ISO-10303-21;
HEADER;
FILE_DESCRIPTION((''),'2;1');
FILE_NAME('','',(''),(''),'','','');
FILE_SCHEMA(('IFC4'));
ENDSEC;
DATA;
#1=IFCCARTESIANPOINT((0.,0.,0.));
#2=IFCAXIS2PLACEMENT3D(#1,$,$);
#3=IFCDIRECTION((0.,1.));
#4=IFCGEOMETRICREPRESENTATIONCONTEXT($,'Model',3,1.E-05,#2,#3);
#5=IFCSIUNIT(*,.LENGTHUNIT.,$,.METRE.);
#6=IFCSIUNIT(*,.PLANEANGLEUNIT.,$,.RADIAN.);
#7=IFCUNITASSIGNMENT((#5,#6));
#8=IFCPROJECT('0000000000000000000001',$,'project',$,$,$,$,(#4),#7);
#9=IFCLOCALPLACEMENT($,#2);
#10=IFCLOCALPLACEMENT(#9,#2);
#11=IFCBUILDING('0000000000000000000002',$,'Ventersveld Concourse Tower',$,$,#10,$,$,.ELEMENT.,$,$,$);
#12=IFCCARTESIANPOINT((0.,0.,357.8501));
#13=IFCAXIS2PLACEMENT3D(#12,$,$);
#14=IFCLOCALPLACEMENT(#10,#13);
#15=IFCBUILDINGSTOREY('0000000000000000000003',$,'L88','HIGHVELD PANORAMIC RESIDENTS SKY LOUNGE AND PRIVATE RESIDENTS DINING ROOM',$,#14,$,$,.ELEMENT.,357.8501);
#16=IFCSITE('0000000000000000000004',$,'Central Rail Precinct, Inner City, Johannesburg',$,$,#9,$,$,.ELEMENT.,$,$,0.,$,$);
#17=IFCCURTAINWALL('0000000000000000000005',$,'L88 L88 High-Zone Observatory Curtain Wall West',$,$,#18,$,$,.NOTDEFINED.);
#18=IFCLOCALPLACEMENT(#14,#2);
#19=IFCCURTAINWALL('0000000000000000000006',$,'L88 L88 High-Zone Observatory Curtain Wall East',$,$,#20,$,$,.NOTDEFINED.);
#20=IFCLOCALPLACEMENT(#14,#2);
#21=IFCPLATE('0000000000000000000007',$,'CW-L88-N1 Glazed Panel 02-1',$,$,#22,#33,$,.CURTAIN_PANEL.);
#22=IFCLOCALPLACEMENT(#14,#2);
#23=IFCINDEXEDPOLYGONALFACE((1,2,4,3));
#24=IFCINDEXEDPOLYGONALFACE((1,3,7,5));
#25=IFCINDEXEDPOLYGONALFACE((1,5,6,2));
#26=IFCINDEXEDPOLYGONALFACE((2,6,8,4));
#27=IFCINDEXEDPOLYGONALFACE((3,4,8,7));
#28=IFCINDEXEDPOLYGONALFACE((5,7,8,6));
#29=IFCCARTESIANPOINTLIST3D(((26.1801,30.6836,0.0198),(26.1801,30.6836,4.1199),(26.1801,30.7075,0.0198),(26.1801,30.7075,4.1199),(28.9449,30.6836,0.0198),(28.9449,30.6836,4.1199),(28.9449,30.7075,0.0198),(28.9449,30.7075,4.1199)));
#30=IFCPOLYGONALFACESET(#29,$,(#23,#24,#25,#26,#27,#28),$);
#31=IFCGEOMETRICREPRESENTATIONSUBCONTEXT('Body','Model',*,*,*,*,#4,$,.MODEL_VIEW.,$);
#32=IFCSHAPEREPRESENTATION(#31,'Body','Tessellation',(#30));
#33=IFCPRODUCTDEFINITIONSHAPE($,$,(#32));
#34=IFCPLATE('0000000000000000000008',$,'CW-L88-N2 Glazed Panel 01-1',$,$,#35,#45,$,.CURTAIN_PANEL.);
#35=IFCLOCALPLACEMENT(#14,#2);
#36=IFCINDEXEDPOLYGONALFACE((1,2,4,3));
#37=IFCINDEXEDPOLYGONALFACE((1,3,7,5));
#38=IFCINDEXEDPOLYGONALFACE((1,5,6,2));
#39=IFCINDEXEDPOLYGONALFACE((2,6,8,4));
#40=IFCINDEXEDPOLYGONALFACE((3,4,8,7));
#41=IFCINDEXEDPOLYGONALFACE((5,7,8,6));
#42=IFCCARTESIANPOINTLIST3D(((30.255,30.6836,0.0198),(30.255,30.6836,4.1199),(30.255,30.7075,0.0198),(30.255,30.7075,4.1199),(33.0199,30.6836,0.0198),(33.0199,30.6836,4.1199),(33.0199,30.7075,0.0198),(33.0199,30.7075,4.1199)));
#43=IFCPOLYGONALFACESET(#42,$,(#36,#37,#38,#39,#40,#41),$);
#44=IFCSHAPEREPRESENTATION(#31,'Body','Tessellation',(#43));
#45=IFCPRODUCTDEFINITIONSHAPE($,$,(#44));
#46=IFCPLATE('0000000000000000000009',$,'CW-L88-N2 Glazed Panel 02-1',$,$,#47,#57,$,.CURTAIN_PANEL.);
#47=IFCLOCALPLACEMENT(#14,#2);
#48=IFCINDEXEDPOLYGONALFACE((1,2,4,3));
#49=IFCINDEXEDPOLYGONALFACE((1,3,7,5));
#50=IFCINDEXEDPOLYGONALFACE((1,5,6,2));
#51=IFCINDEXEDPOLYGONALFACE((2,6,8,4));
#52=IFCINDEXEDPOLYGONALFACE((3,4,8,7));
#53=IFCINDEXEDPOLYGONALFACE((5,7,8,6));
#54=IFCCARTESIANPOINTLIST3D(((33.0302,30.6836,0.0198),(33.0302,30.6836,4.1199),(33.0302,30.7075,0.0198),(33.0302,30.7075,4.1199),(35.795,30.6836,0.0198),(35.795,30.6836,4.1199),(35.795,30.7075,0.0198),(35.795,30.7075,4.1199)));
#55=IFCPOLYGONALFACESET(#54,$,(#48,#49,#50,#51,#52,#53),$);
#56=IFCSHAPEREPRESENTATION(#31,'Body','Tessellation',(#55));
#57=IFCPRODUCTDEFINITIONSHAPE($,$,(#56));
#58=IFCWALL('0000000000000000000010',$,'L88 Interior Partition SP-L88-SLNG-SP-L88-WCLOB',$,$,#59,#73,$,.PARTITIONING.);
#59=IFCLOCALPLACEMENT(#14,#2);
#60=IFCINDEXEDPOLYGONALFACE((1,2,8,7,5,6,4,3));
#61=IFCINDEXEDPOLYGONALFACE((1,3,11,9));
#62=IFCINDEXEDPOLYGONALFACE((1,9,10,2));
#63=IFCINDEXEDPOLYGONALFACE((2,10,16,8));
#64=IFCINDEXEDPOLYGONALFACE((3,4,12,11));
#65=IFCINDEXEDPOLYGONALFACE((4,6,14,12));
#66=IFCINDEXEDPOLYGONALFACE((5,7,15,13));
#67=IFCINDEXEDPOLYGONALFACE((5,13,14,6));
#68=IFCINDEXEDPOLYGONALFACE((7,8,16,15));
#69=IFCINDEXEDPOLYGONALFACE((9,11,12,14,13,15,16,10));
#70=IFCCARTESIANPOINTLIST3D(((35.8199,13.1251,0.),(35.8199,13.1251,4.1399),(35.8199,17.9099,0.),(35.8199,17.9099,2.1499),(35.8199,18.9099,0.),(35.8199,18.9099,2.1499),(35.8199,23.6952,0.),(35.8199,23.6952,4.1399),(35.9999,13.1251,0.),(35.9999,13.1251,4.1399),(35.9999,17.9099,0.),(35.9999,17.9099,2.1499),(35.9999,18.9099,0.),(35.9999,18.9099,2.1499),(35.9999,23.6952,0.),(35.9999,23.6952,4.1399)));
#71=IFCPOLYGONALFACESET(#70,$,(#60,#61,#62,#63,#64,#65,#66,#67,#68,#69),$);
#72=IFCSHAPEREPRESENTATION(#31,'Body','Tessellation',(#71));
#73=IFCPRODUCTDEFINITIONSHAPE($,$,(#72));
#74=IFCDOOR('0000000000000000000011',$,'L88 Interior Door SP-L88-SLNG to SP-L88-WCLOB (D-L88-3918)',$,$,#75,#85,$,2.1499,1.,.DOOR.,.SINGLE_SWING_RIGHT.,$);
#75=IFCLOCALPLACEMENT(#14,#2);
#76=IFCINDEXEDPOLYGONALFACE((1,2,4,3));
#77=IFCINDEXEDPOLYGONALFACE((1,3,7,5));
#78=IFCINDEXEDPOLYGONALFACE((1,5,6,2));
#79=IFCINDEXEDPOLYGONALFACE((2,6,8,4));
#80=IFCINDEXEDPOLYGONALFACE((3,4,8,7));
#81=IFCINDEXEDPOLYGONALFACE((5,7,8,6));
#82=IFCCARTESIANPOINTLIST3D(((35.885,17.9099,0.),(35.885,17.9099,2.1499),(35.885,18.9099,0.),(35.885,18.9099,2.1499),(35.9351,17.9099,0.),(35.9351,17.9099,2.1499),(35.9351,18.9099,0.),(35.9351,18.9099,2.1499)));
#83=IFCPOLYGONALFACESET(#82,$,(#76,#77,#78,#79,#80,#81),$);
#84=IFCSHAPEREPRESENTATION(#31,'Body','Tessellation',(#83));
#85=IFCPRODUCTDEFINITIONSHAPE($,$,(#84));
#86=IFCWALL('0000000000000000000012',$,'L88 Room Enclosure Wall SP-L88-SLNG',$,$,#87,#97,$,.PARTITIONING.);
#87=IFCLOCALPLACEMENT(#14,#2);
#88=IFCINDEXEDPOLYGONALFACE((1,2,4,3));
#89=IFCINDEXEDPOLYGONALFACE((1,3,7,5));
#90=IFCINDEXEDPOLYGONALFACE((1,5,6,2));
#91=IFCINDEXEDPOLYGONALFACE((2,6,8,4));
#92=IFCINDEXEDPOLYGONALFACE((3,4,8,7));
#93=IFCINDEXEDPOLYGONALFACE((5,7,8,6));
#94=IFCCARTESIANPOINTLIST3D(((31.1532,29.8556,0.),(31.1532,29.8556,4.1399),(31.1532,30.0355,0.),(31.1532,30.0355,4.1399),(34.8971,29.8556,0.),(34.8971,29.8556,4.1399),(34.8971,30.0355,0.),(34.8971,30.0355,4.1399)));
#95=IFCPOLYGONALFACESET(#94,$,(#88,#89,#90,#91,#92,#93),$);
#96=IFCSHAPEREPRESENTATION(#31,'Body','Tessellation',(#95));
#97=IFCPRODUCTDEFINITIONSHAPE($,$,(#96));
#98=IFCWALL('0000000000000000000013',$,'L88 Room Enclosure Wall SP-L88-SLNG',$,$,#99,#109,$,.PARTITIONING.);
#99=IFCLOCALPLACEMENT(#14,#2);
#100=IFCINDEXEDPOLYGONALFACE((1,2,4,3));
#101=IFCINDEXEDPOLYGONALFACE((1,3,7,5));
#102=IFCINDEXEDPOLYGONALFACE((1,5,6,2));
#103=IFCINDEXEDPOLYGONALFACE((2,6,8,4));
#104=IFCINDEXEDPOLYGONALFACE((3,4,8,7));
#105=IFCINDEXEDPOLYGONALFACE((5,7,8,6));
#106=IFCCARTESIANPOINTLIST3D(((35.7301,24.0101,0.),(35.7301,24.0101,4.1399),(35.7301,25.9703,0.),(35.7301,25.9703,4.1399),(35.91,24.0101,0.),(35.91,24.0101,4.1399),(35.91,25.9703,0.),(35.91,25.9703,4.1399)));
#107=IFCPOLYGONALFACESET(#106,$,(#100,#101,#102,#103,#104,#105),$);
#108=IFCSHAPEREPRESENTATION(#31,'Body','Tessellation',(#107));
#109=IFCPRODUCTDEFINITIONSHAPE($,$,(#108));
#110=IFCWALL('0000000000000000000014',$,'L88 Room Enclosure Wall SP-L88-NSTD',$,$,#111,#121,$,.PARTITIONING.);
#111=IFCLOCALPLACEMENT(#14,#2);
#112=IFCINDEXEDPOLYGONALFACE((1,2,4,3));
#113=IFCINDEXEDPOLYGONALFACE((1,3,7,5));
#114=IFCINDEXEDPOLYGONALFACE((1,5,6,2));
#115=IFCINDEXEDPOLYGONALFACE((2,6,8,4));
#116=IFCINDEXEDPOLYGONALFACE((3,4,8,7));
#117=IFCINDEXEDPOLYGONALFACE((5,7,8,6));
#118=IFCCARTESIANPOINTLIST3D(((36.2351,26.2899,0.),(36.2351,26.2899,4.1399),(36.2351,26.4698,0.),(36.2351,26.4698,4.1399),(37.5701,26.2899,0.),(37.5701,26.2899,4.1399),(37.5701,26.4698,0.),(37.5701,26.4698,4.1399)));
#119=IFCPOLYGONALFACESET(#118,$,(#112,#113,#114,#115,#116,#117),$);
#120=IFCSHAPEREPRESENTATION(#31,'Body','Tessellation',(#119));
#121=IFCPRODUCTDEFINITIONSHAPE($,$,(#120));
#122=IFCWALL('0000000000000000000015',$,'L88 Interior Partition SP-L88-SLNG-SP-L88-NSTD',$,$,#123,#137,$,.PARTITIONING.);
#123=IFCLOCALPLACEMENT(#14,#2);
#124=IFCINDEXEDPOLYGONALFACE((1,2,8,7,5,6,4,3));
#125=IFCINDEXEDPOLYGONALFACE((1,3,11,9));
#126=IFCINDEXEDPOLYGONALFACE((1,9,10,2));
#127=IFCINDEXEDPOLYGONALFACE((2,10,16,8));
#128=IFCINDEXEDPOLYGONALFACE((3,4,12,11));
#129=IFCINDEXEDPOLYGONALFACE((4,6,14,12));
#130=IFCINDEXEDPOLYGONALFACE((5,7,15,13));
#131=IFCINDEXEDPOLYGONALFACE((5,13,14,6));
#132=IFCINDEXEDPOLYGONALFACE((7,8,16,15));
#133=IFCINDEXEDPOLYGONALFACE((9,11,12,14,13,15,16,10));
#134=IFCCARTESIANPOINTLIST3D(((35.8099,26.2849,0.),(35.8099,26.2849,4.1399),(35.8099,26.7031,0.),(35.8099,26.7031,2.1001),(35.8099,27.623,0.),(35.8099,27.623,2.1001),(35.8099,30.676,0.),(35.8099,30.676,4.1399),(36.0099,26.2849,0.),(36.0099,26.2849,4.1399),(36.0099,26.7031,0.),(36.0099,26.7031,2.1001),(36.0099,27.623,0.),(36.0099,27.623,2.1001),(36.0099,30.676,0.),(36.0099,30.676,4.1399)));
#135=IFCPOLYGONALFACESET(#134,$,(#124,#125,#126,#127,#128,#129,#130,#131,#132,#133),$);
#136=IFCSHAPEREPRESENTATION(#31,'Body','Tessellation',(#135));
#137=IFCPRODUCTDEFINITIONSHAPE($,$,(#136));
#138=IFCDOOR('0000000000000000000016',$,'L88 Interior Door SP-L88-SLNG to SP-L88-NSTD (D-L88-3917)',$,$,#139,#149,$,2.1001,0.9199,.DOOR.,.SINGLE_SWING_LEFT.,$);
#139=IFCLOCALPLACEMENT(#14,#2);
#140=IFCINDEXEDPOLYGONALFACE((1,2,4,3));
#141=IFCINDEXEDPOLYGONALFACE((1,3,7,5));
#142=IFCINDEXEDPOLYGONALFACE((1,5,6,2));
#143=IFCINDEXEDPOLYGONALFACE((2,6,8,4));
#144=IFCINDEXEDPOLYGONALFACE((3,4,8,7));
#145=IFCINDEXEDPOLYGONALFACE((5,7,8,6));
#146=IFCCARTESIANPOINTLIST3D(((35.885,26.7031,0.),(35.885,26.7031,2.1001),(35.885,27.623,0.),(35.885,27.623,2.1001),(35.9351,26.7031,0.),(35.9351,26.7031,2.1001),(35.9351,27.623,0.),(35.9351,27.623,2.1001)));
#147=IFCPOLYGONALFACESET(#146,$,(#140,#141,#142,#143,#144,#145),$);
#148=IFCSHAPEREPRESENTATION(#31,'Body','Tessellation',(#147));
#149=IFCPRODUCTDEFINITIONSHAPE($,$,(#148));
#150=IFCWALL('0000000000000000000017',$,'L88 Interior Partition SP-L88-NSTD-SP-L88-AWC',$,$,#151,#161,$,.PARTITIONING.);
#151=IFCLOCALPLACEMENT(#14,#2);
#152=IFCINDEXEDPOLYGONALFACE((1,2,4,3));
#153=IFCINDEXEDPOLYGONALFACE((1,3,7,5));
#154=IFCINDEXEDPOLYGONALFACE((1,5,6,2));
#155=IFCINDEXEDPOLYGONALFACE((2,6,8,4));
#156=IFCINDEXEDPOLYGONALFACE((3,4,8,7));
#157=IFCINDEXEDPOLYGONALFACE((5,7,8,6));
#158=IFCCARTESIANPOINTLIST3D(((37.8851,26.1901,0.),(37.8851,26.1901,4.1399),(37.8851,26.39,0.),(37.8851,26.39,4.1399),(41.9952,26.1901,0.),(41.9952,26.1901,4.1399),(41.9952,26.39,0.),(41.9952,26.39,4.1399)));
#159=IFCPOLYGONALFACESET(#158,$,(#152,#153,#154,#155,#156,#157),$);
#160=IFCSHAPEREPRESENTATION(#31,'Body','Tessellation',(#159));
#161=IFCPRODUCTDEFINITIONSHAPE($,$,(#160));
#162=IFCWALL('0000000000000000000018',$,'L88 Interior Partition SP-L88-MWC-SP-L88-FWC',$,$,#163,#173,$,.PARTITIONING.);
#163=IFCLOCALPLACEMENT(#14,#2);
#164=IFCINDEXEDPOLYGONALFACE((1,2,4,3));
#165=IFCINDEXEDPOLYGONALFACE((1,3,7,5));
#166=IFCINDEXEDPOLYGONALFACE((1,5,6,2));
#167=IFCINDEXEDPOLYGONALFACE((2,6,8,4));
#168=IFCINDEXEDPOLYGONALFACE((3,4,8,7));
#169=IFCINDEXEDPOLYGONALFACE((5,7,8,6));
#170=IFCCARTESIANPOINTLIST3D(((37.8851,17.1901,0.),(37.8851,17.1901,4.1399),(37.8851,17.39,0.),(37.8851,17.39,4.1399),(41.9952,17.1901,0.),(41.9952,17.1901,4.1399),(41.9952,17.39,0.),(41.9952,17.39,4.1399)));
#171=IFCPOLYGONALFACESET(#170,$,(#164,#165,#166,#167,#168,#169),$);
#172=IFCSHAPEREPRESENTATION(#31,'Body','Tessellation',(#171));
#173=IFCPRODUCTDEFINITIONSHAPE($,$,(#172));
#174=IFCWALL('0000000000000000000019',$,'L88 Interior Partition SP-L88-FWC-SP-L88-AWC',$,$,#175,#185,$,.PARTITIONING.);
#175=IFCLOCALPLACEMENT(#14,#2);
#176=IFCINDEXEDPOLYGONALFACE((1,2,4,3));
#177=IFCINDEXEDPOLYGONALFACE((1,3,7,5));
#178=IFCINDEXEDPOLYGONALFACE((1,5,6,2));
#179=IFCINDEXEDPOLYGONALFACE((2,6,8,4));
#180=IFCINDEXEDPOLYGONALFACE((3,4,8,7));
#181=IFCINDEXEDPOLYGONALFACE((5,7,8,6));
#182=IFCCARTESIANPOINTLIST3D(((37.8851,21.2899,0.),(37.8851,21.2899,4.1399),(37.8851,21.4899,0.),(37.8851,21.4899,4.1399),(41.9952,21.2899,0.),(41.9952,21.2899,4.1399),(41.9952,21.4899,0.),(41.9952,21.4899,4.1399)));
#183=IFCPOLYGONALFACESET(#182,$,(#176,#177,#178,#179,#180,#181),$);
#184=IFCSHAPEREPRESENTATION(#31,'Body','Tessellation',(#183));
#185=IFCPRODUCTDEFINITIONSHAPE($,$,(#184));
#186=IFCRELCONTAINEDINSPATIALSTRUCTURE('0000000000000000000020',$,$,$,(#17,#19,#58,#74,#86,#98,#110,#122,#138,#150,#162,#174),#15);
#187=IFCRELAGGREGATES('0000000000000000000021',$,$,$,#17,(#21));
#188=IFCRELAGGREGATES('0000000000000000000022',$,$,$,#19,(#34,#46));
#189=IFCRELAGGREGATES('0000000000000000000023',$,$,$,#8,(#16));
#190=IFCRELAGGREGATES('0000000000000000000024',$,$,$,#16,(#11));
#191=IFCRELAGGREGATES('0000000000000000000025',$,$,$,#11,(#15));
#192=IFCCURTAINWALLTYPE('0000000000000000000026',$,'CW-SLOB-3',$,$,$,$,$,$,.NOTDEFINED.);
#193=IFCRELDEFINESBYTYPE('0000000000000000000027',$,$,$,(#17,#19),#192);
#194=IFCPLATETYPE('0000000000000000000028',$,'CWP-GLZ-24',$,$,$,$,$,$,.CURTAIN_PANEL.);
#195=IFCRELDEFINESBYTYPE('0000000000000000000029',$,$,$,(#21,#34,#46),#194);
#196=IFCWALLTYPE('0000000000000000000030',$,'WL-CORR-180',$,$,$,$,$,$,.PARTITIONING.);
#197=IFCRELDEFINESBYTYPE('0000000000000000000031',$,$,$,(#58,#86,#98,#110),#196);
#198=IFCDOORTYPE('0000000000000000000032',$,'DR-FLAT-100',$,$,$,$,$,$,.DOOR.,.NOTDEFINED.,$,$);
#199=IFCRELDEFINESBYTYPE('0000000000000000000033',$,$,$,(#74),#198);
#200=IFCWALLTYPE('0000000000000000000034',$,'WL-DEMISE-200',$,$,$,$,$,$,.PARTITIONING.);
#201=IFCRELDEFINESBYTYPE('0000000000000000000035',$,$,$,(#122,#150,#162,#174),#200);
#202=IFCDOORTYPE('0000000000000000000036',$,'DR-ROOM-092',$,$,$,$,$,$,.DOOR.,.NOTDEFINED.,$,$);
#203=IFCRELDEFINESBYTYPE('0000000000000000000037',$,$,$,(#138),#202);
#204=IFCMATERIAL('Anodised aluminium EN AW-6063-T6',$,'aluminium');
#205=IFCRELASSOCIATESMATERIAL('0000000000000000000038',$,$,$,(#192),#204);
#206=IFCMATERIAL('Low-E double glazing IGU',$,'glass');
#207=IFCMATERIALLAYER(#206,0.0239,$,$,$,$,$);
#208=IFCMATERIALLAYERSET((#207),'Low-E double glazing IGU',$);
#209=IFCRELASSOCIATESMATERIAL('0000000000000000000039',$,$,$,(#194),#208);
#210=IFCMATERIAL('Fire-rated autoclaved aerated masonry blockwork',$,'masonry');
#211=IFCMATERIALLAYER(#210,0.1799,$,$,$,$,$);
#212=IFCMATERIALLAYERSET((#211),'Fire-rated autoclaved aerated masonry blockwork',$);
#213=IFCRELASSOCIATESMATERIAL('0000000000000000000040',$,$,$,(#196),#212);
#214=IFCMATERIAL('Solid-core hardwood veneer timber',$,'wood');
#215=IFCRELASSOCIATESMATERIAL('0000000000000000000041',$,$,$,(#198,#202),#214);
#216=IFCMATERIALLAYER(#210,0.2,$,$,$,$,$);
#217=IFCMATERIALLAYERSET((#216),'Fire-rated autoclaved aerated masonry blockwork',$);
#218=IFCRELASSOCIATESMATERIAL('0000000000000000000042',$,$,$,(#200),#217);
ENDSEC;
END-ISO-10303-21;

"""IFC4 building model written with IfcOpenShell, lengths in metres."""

from ifc_helpers import new_model, si_unit, direction, frame, frame_2d, origin, origin_2d, place, context, subcontext, project, spatial, rectangle, extrude, material, layer, layer_set, type_object, element, fill, aggregate, save


model = new_model("IFC4")

# Units and contexts
model_context = context("Model", 3, precision=1e-05, world=origin(), true_north=direction((0.0, 1.0)))
body_context = subcontext(model_context, "Body", "Model", "MODEL_VIEW")
ifc_project = project(units=[si_unit("LENGTHUNIT", "METRE"), si_unit("PLANEANGLEUNIT", "RADIAN")], contexts=[model_context])

# Site, building, storey
site_placement = place(None, origin())
site = spatial("IfcSite", under=ifc_project, at=site_placement, Name="Central Rail Precinct, Inner City, Johannesburg", CompositionType="ELEMENT", RefElevation=0.0)
building_placement = place(site_placement, origin())
building = spatial("IfcBuilding", under=site, at=building_placement, Name="Ventersveld Concourse Tower", CompositionType="ELEMENT")
storey_placement = place(building_placement, frame((0.0, 0.0, 357.8501)))
storey = spatial("IfcBuildingStorey", under=building, at=storey_placement, Name="L88", Description="HIGHVELD PANORAMIC RESIDENTS SKY LOUNGE AND PRIVATE RESIDENTS DINING ROOM", CompositionType="ELEMENT", Elevation=357.8501)

# Curtain wall
ifc_material_1 = material(Name="Anodised aluminium EN AW-6063-T6", Category="aluminium")
curtain_wall_type = type_object("IfcCurtainWallType", Name="CW-SLOB-3", PredefinedType="NOTDEFINED", material=ifc_material_1)
curtain_wall_1_placement = place(storey_placement, origin())
curtain_wall_1 = element("IfcCurtainWall", 1, at=curtain_wall_1_placement, inside=storey, type_object=curtain_wall_type, Name="L88 L88 High-Zone Observatory Curtain Wall West", PredefinedType="NOTDEFINED")

# Curtain wall
curtain_wall_2_placement = place(storey_placement, origin())
curtain_wall_2 = element("IfcCurtainWall", 2, at=curtain_wall_2_placement, inside=storey, type_object=curtain_wall_type, Name="L88 L88 High-Zone Observatory Curtain Wall East", PredefinedType="NOTDEFINED")

# Plates
ifc_material_2 = material(Name="Low-E double glazing IGU", Category="glass")
ifc_layer_1 = layer(ifc_material_2, 0.0239)
ifc_layer_set_1 = layer_set([ifc_layer_1], Name="Low-E double glazing IGU")
plate_type = type_object("IfcPlateType", Name="CWP-GLZ-24", PredefinedType="CURTAIN_PANEL", material=ifc_layer_set_1)
plate_1_placement = place(storey_placement, frame((27.5625, 30.6956, 0.0198), z_axis=(0.0, 0.0, 1.0), x_axis=(1.0, 0.0, 0.0)))
plate_1 = element("IfcPlate", 3, at=plate_1_placement, type_object=plate_type, Name="CW-L88-N1 Glazed Panel 02-1", PredefinedType="CURTAIN_PANEL", context=body_context, shape_type="SweptSolid", body=[
    extrude(rectangle(XDim=2.7649, YDim=0.0239, at=origin_2d()), origin(), (0.0, 0.0, 1.0), 4.1001),
])
aggregate(curtain_wall_1, [plate_1])
plate_2_placement = place(storey_placement, frame((31.6375, 30.6956, 0.0198), z_axis=(0.0, 0.0, 1.0), x_axis=(1.0, 0.0, 0.0)))
plate_2 = element("IfcPlate", 4, at=plate_2_placement, type_object=plate_type, Name="CW-L88-N2 Glazed Panel 01-1", PredefinedType="CURTAIN_PANEL", context=body_context, shape_type="SweptSolid", body=[
    extrude(rectangle(XDim=2.7649, YDim=0.0239, at=origin_2d()), origin(), (0.0, 0.0, 1.0), 4.1001),
])
plate_3_placement = place(storey_placement, frame((34.4126, 30.6956, 0.0198), z_axis=(0.0, 0.0, 1.0), x_axis=(1.0, 0.0, 0.0)))
plate_3 = element("IfcPlate", 5, at=plate_3_placement, type_object=plate_type, Name="CW-L88-N2 Glazed Panel 02-1", PredefinedType="CURTAIN_PANEL", context=body_context, shape_type="SweptSolid", body=[
    extrude(rectangle(XDim=2.7649, YDim=0.0239, at=origin_2d()), origin(), (0.0, 0.0, 1.0), 4.1001),
])
aggregate(curtain_wall_2, [plate_2, plate_3])

# Wall, opening, door
ifc_material_3 = material(Name="Fire-rated autoclaved aerated masonry blockwork", Category="masonry")
ifc_layer_2 = layer(ifc_material_3, 0.1799)
ifc_layer_set_2 = layer_set([ifc_layer_2], Name="Fire-rated autoclaved aerated masonry blockwork")
wall_type_1 = type_object("IfcWallType", Name="WL-CORR-180", PredefinedType="PARTITIONING", material=ifc_layer_set_2)
ifc_material_4 = material(Name="Solid-core hardwood veneer timber", Category="wood")
door_type_1 = type_object("IfcDoorType", Name="DR-FLAT-100", OperationType="NOTDEFINED", PredefinedType="DOOR", material=ifc_material_4)
wall_1_placement = place(storey_placement, frame((35.9099, 13.125, 0.0), z_axis=(0.0, 0.0, 1.0), x_axis=(0.0, 1.0, 0.0)))
wall_1 = element("IfcWall", 6, at=wall_1_placement, inside=storey, type_object=wall_type_1, Name="L88 Interior Partition SP-L88-SLNG-SP-L88-WCLOB", PredefinedType="PARTITIONING", context=body_context, shape_type="SweptSolid", body=[
    extrude(rectangle(XDim=10.5701, YDim=0.1799, at=frame_2d((5.2852, 0.0))), origin(), (0.0, 0.0, 1.0), 4.1399),
])
opening_1_placement = place(wall_1_placement, frame((4.7849, 0.0, 0.0)))
opening_1 = element("IfcOpeningElement", 7, at=opening_1_placement, cuts=wall_1, PredefinedType="OPENING", context=body_context, shape_type="SweptSolid", body=[
    extrude(rectangle(XDim=1.0, YDim=2.1499, at=frame_2d((0.5, 1.075))), frame((0.0, 0.1001, 0.0), z_axis=(0.0, -1.0, 0.0), x_axis=(1.0, 0.0, 0.0)), (0.0, 0.0, 1.0), 0.2),
])
door_1_placement = place(opening_1_placement, origin())
door_1 = element("IfcDoor", 8, at=door_1_placement, inside=storey, type_object=door_type_1, Name="L88 Interior Door SP-L88-SLNG to SP-L88-WCLOB (D-L88-3918)", OperationType="SINGLE_SWING_RIGHT", OverallHeight=2.1499, OverallWidth=1.0, PredefinedType="DOOR", context=body_context, shape_type="SweptSolid", body=[
    extrude(rectangle(XDim=1.0, YDim=2.1499, at=frame_2d((0.5, 1.075))), frame((0.0, 0.0249, 0.0), z_axis=(0.0, -1.0, 0.0), x_axis=(1.0, 0.0, 0.0)), (0.0, 0.0, 1.0), 0.05),
])
fill(opening_1, door_1)

# Walls
wall_2_placement = place(storey_placement, frame((31.1531, 29.9456, 0.0), z_axis=(0.0, 0.0, 1.0), x_axis=(1.0, 0.0, 0.0)))
element("IfcWall", 9, at=wall_2_placement, inside=storey, type_object=wall_type_1, Name="L88 Room Enclosure Wall SP-L88-SLNG", PredefinedType="PARTITIONING", context=body_context, shape_type="SweptSolid", body=[
    extrude(rectangle(XDim=3.7439, YDim=0.1799, at=frame_2d((1.8721, 0.0))), origin(), (0.0, 0.0, 1.0), 4.1399),
])
wall_3_placement = place(storey_placement, frame((35.8201, 25.9702, 0.0), z_axis=(0.0, 0.0, 1.0), x_axis=(0.0, -1.0, 0.0)))
element("IfcWall", 10, at=wall_3_placement, inside=storey, type_object=wall_type_1, Name="L88 Room Enclosure Wall SP-L88-SLNG", PredefinedType="PARTITIONING", context=body_context, shape_type="SweptSolid", body=[
    extrude(rectangle(XDim=1.9602, YDim=0.1799, at=frame_2d((0.98, 0.0))), origin(), (0.0, 0.0, 1.0), 4.1399),
])
wall_4_placement = place(storey_placement, frame((37.5701, 26.3799, 0.0), z_axis=(0.0, 0.0, 1.0), x_axis=(-1.0, 0.0, 0.0)))
element("IfcWall", 11, at=wall_4_placement, inside=storey, type_object=wall_type_1, Name="L88 Room Enclosure Wall SP-L88-NSTD", PredefinedType="PARTITIONING", context=body_context, shape_type="SweptSolid", body=[
    extrude(rectangle(XDim=1.335, YDim=0.1799, at=frame_2d((0.6675, 0.0))), origin(), (0.0, 0.0, 1.0), 4.1399),
])

# Wall, opening, door
ifc_layer_3 = layer(ifc_material_3, 0.2)
ifc_layer_set_3 = layer_set([ifc_layer_3], Name="Fire-rated autoclaved aerated masonry blockwork")
wall_type_2 = type_object("IfcWallType", Name="WL-DEMISE-200", PredefinedType="PARTITIONING", material=ifc_layer_set_3)
wall_5_placement = place(storey_placement, frame((35.9099, 26.2849, 0.0), z_axis=(0.0, 0.0, 1.0), x_axis=(0.0, 1.0, 0.0)))
wall_5 = element("IfcWall", 12, at=wall_5_placement, inside=storey, type_object=wall_type_2, Name="L88 Interior Partition SP-L88-SLNG-SP-L88-NSTD", PredefinedType="PARTITIONING", context=body_context, shape_type="SweptSolid", body=[
    extrude(rectangle(XDim=4.3911, YDim=0.2, at=frame_2d((2.1956, 0.0))), origin(), (0.0, 0.0, 1.0), 4.1399),
])
opening_2_placement = place(wall_5_placement, frame((0.4182, 0.0, 0.0)))
opening_2 = element("IfcOpeningElement", 13, at=opening_2_placement, cuts=wall_5, PredefinedType="OPENING", context=body_context, shape_type="SweptSolid", body=[
    extrude(rectangle(XDim=0.9199, YDim=2.1001, at=frame_2d((0.46, 1.05))), frame((0.0, 0.1099, 0.0), z_axis=(0.0, -1.0, 0.0), x_axis=(1.0, 0.0, 0.0)), (0.0, 0.0, 1.0), 0.22),
])
door_type_2 = type_object("IfcDoorType", Name="DR-ROOM-092", OperationType="NOTDEFINED", PredefinedType="DOOR", material=ifc_material_4)
door_2_placement = place(opening_2_placement, origin())
door_2 = element("IfcDoor", 14, at=door_2_placement, inside=storey, type_object=door_type_2, Name="L88 Interior Door SP-L88-SLNG to SP-L88-NSTD (D-L88-3917)", OperationType="SINGLE_SWING_LEFT", OverallHeight=2.1001, OverallWidth=0.9199, PredefinedType="DOOR", context=body_context, shape_type="SweptSolid", body=[
    extrude(rectangle(XDim=0.9199, YDim=2.1001, at=frame_2d((0.46, 1.05))), frame((0.0, 0.0249, 0.0), z_axis=(0.0, -1.0, 0.0), x_axis=(1.0, 0.0, 0.0)), (0.0, 0.0, 1.0), 0.05),
])
fill(opening_2, door_2)

# Walls
for number, where, z_axis, x_axis, name in (
    (15, (37.885, 26.29, 0.0), (0.0, 0.0, 1.0), (1.0, 0.0, 0.0), "L88 Interior Partition SP-L88-NSTD-SP-L88-AWC"),
    (16, (37.885, 17.29, 0.0), (0.0, 0.0, 1.0), (1.0, 0.0, 0.0), "L88 Interior Partition SP-L88-MWC-SP-L88-FWC"),
    (17, (37.885, 21.3899, 0.0), (0.0, 0.0, 1.0), (1.0, 0.0, 0.0), "L88 Interior Partition SP-L88-FWC-SP-L88-AWC"),
):
    element("IfcWall", number, at=place(storey_placement, frame(where, z_axis=z_axis, x_axis=x_axis)), inside=storey, type_object=wall_type_2, Name=name, PredefinedType="PARTITIONING", context=body_context, shape_type="SweptSolid", body=[
        extrude(rectangle(XDim=4.1101, YDim=0.2, at=frame_2d((2.0552, 0.0))), origin(), (0.0, 0.0, 1.0), 4.1399),
    ])

save(model, "model.ifc")
